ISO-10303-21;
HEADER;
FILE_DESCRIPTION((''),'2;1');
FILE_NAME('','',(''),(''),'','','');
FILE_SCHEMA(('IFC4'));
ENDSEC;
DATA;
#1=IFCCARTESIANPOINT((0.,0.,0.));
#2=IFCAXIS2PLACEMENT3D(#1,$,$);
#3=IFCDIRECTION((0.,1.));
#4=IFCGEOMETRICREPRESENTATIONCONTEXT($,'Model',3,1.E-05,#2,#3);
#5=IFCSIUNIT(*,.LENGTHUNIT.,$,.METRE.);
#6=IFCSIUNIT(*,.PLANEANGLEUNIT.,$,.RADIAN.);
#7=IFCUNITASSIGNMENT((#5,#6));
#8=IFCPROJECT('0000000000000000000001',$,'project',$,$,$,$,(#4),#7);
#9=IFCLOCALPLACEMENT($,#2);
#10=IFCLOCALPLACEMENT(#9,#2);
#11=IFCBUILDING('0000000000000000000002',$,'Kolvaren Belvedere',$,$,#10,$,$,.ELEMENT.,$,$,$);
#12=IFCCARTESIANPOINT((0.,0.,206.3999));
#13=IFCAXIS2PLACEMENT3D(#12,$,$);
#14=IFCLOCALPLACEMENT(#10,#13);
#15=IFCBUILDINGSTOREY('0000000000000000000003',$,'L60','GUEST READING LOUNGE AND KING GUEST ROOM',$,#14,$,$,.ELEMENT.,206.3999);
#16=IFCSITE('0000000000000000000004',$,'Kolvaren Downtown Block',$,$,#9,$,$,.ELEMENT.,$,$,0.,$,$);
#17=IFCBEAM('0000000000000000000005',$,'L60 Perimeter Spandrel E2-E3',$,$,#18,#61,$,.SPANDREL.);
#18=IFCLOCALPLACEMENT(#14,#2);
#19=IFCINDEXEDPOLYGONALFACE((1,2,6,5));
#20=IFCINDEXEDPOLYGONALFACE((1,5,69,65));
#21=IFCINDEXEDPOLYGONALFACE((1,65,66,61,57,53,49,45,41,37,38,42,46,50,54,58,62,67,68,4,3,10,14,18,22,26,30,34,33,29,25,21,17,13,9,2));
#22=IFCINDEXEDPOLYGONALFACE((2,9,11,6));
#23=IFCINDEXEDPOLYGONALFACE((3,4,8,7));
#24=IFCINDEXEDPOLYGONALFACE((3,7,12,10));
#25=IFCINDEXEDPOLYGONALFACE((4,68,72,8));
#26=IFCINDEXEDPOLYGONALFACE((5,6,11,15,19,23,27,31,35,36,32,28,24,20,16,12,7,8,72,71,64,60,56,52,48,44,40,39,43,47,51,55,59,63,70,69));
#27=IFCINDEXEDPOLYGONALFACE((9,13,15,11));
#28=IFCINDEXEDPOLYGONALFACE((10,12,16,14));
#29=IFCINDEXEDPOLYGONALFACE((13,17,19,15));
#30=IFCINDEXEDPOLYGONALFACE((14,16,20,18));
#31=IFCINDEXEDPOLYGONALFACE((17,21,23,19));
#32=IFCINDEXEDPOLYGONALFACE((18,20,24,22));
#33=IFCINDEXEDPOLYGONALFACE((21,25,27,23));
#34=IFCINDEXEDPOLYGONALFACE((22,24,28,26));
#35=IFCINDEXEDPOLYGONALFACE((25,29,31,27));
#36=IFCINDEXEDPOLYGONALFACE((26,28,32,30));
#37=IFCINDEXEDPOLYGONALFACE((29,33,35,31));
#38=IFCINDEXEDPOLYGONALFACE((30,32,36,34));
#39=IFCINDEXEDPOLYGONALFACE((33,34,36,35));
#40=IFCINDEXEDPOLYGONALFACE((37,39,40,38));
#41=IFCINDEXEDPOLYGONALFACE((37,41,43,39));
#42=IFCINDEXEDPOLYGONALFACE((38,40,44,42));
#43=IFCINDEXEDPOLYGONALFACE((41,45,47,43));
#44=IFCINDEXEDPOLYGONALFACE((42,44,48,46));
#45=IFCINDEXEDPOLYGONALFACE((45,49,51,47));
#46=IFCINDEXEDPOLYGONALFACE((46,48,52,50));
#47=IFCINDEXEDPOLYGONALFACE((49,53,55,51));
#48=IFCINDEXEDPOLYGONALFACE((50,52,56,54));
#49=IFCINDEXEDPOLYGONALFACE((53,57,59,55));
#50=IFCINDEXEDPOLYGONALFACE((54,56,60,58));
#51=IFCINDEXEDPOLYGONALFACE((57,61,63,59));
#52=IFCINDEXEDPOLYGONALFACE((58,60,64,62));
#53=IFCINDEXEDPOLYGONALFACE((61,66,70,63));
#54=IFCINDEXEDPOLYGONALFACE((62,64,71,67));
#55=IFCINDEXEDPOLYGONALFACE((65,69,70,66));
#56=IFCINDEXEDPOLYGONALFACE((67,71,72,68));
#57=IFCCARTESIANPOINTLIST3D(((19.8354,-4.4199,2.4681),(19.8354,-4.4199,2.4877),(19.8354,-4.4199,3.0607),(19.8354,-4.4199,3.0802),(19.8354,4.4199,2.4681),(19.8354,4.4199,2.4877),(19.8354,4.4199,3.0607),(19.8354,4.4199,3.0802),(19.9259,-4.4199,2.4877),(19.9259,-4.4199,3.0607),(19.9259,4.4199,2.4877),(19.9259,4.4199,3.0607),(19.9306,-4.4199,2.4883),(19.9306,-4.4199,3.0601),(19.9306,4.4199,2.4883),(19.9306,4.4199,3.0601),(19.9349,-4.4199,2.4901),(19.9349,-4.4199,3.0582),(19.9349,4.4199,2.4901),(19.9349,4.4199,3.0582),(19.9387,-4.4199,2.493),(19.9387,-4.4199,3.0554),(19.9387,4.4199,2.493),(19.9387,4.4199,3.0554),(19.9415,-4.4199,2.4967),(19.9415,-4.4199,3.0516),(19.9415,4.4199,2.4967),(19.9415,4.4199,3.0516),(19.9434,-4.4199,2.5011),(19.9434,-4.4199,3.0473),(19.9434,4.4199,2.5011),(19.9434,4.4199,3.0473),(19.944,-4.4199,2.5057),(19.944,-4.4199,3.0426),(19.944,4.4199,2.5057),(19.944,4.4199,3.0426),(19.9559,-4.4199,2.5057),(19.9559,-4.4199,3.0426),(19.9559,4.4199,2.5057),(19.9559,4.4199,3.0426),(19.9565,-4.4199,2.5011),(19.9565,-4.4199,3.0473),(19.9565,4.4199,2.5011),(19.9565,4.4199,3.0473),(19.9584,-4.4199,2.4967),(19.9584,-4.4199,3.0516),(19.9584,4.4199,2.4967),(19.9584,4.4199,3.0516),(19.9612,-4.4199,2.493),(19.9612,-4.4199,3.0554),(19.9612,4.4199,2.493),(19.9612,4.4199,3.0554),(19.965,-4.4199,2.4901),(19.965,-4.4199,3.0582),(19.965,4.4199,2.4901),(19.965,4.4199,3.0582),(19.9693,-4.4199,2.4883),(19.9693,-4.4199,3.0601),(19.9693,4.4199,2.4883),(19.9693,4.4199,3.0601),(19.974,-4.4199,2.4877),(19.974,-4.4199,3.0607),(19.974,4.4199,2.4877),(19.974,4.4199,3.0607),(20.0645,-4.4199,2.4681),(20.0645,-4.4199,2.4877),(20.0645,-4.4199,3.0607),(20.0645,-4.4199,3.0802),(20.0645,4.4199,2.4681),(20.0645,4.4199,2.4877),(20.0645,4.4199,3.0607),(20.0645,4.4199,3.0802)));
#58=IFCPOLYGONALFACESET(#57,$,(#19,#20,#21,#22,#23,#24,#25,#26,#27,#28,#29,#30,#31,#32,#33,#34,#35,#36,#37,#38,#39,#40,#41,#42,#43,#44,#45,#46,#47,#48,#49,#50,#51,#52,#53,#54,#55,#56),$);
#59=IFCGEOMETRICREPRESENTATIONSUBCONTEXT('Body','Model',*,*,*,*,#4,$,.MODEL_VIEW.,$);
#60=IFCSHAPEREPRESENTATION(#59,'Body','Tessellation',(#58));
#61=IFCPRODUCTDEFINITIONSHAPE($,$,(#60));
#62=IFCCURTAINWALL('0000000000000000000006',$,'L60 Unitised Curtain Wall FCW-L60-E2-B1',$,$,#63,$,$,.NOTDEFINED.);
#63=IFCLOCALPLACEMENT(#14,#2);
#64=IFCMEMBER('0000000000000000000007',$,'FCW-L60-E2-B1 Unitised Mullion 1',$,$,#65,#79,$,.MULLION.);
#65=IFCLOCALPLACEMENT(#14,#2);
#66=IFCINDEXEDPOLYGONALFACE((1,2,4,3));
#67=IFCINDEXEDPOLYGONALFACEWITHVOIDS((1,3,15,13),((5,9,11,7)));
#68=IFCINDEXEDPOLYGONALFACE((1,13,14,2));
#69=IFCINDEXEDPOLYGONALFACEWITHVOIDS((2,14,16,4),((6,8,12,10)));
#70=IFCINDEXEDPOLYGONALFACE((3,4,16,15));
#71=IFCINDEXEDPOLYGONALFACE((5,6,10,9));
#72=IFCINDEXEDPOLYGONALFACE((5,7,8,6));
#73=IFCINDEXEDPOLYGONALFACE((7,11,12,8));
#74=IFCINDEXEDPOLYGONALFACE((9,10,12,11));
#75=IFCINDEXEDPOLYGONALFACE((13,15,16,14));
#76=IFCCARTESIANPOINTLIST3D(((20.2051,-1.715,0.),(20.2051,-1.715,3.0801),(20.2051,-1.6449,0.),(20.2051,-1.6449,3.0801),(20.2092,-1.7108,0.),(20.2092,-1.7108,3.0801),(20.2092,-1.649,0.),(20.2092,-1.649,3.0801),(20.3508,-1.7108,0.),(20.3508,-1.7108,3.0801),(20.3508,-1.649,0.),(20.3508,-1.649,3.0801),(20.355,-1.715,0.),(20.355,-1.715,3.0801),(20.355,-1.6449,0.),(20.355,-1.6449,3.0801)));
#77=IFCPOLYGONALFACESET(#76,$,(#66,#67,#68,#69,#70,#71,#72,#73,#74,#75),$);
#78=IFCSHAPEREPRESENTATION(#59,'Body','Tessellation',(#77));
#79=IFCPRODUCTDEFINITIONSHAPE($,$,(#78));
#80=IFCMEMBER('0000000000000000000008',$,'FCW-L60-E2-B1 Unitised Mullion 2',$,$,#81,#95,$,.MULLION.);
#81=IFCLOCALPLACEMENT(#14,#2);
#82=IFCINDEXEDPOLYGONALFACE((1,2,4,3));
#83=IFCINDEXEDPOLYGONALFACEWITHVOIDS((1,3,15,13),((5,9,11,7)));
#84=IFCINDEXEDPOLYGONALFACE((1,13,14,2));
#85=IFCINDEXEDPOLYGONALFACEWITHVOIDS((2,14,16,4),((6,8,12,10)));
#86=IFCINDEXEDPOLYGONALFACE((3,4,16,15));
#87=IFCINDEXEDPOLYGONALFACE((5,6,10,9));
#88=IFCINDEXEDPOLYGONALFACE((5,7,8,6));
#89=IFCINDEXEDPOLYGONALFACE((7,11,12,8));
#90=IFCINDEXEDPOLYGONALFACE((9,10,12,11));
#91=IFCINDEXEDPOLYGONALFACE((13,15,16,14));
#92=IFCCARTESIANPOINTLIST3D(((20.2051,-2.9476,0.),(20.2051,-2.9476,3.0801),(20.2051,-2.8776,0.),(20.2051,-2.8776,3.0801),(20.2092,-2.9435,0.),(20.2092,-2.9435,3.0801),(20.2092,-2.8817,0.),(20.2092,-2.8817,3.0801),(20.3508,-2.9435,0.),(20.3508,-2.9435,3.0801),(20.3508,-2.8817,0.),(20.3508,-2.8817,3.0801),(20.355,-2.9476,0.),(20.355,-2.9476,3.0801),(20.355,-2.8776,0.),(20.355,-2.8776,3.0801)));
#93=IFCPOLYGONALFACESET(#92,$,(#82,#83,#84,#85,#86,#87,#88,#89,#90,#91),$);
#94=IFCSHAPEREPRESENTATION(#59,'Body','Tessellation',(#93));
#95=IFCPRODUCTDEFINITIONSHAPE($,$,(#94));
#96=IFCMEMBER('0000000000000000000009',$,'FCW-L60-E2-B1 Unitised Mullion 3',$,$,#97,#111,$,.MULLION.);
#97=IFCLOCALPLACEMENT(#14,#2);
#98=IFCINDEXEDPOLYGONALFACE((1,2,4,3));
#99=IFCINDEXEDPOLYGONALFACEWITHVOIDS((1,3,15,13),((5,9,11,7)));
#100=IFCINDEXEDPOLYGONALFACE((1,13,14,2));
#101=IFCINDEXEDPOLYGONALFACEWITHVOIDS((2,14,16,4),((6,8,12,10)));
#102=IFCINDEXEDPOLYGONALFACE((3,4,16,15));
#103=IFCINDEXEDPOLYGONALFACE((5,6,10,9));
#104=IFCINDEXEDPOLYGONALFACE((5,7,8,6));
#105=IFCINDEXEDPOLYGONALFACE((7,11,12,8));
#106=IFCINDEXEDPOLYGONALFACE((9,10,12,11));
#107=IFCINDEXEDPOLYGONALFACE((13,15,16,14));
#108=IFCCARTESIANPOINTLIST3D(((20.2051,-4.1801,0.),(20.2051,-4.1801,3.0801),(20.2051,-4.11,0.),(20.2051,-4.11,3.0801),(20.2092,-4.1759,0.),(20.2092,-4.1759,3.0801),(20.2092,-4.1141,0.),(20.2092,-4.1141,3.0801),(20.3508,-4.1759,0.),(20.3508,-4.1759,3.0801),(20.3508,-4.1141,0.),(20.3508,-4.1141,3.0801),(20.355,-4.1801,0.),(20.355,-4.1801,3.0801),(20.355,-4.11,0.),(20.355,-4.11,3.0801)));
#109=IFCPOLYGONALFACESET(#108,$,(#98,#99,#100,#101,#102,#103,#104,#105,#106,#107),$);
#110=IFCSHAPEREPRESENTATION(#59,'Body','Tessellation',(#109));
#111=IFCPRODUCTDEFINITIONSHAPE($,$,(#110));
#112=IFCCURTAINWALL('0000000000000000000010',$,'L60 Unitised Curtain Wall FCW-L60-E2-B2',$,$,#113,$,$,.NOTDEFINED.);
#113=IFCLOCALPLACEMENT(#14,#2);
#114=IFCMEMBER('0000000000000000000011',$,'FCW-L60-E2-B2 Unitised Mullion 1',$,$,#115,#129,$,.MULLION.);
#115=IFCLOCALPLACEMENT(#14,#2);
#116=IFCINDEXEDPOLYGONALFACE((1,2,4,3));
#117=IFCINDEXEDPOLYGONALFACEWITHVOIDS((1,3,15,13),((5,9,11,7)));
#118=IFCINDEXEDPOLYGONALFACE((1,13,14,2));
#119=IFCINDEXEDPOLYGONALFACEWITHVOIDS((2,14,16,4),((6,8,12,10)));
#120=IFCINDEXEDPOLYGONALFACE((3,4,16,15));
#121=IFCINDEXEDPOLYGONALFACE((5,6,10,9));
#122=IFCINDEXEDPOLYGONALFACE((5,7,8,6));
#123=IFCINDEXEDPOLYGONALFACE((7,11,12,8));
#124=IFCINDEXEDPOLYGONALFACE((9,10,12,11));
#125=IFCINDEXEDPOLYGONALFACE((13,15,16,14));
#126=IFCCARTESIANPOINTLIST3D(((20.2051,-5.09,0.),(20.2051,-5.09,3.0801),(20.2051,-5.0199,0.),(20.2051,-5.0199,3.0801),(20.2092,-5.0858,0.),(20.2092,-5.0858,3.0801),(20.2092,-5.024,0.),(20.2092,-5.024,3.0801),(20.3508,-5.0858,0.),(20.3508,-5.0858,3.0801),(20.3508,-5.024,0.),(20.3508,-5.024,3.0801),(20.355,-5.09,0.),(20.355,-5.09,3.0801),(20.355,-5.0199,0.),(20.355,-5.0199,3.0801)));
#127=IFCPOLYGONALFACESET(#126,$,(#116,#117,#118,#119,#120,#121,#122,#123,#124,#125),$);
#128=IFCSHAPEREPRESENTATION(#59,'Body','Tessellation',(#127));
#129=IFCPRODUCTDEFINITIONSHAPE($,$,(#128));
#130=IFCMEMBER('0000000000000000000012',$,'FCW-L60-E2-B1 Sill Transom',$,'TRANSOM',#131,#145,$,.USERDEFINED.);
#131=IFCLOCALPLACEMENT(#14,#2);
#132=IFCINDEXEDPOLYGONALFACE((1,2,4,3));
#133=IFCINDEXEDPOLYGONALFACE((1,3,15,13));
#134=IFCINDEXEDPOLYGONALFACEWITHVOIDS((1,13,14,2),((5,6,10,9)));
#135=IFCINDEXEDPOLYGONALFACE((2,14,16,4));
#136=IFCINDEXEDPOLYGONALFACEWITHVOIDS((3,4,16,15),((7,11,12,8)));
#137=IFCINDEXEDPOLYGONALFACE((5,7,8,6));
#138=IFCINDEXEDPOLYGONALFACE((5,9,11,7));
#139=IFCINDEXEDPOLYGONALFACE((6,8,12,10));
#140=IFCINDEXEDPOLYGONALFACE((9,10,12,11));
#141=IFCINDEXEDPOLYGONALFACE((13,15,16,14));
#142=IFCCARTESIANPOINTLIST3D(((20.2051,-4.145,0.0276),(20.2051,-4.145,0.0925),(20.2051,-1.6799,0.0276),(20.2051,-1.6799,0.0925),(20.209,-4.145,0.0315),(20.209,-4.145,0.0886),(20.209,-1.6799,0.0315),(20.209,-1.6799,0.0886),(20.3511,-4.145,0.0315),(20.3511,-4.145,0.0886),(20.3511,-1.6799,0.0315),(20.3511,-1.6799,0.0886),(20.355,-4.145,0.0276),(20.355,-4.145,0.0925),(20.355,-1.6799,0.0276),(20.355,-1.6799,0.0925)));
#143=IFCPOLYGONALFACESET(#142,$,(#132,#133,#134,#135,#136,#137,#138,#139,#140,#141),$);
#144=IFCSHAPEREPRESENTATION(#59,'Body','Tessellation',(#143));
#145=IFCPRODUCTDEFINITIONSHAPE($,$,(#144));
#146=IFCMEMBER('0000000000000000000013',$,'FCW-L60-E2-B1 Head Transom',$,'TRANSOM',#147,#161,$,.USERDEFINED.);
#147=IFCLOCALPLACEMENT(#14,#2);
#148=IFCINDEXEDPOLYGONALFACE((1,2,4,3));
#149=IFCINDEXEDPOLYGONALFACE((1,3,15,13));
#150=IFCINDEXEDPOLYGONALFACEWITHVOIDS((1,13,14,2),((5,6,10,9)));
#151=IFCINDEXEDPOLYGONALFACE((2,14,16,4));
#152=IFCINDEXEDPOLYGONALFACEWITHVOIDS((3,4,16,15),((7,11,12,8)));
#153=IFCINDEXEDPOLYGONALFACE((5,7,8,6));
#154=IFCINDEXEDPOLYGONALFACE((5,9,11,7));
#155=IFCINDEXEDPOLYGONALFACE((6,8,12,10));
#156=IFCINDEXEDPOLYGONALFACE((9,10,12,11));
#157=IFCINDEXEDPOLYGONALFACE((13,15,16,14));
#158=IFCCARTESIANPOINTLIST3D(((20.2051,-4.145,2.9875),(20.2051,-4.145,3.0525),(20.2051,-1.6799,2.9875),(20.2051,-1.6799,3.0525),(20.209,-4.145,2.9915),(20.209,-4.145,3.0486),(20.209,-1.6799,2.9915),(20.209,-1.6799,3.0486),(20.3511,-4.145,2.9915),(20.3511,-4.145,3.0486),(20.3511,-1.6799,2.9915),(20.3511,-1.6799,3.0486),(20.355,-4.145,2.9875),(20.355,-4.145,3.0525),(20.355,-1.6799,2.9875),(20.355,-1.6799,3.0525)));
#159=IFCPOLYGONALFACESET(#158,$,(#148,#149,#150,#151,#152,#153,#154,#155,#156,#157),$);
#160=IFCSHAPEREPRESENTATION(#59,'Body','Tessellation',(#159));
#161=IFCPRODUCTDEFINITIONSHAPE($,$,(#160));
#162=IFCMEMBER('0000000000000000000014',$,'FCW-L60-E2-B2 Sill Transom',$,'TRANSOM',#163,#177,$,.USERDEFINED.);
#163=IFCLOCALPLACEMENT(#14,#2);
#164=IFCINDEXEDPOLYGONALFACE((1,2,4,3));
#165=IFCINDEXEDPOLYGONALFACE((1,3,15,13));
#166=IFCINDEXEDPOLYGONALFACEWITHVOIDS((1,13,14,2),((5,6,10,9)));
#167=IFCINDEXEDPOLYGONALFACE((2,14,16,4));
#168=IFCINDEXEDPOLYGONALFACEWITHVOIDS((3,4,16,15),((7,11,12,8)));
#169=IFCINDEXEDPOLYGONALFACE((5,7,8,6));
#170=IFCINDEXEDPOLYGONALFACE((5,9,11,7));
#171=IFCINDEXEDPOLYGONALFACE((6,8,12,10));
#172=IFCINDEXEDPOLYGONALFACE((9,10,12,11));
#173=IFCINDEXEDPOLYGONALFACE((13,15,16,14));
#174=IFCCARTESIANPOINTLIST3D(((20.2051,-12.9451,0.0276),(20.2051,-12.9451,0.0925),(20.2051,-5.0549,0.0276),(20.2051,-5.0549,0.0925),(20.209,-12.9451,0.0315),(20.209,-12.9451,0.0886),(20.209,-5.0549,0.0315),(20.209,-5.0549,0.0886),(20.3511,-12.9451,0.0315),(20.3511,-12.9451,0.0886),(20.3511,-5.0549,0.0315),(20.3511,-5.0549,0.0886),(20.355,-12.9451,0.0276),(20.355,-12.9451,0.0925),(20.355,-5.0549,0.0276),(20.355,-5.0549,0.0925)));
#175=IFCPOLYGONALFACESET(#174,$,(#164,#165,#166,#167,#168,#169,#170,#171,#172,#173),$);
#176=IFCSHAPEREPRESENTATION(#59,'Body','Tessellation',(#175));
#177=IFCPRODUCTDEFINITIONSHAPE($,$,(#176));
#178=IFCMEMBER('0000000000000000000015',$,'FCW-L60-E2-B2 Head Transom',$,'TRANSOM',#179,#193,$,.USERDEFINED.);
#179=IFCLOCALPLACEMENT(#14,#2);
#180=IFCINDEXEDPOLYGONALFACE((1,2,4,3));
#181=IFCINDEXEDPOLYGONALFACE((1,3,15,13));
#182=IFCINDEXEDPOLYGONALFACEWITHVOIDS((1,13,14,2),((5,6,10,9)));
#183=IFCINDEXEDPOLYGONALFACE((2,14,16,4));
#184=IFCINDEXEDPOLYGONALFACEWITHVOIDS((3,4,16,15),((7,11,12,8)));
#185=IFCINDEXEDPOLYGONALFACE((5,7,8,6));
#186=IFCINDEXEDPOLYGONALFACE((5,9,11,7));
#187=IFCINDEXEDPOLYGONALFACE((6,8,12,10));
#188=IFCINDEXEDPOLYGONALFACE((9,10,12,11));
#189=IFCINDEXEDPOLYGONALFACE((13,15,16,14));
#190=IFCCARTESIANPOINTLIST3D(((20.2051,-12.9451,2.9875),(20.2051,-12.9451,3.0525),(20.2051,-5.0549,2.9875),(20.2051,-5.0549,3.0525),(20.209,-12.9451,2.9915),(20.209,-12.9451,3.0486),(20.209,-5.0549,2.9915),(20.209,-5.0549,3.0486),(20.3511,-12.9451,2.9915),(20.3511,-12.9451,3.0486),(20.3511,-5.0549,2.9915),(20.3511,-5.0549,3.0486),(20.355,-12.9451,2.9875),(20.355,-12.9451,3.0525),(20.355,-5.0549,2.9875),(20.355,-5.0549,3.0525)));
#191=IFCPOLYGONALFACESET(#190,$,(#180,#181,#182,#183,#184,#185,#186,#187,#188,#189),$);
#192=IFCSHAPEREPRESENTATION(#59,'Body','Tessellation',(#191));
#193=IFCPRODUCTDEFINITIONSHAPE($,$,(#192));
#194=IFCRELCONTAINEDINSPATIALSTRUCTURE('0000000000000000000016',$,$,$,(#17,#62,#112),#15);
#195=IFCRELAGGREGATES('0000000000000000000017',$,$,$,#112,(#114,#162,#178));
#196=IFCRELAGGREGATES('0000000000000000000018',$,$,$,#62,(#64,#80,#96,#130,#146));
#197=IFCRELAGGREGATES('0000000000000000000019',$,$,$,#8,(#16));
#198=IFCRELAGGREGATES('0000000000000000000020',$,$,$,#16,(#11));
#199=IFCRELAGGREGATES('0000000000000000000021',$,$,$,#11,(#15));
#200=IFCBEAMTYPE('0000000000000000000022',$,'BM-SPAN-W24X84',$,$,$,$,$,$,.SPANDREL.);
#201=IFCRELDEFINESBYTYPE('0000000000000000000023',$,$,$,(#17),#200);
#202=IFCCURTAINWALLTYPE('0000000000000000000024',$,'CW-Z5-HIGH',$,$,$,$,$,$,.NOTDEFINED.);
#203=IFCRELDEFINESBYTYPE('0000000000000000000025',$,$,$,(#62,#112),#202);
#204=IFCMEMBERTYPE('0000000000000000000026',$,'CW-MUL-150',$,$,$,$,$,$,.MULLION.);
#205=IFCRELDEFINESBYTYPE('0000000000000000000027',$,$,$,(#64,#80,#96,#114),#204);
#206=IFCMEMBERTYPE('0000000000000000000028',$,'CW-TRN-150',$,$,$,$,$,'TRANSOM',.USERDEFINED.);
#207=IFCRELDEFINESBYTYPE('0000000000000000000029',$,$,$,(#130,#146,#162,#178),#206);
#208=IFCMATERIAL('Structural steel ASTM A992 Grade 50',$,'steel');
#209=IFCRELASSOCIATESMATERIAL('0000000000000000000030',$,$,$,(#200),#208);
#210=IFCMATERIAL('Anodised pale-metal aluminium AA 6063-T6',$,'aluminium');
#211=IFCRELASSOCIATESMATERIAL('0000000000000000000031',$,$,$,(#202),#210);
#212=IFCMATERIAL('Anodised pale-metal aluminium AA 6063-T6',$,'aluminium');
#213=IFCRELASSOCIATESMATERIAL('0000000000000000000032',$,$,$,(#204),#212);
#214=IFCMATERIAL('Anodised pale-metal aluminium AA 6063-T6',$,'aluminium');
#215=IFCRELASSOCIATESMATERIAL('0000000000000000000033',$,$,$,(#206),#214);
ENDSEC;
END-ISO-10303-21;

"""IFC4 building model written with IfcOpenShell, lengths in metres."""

from ifc_helpers import new_model, si_unit, direction, frame, origin, origin_2d, place, context, subcontext, project, spatial, hollow_rectangle, i_section, extrude, material, material_profile, profile_set, type_object, element, aggregate, save


model = new_model("IFC4")

# Units and contexts
model_context = context("Model", 3, precision=1e-05, world=origin(), true_north=direction((0.0, 1.0)))
body_context = subcontext(model_context, "Body", "Model", "MODEL_VIEW")
ifc_project = project(units=[si_unit("LENGTHUNIT", "METRE"), si_unit("PLANEANGLEUNIT", "RADIAN")], contexts=[model_context])

# Site, building, storey
site_placement = place(None, origin())
site = spatial("IfcSite", under=ifc_project, at=site_placement, Name="Kolvaren Downtown Block", CompositionType="ELEMENT", RefElevation=0.0)
building_placement = place(site_placement, origin())
building = spatial("IfcBuilding", under=site, at=building_placement, Name="Kolvaren Belvedere", CompositionType="ELEMENT")
storey_placement = place(building_placement, frame((0.0, 0.0, 206.3999)))
storey = spatial("IfcBuildingStorey", under=building, at=storey_placement, Name="L60", Description="GUEST READING LOUNGE AND KING GUEST ROOM", CompositionType="ELEMENT", Elevation=206.3999)

# Beam
ifc_material_1 = material(Name="Structural steel ASTM A992 Grade 50", Category="steel")
ifc_material_profile_1 = material_profile(ifc_material_1, i_section(OverallWidth=0.229, OverallDepth=0.6121, WebThickness=0.012, FlangeThickness=0.0195, FilletRadius=0.0181, at=origin_2d()), Name="W24X84")
ifc_profile_set_1 = profile_set([ifc_material_profile_1], Name="Structural steel ASTM A992 Grade 50")
beam_type_1 = type_object("IfcBeamType", Name="BM-SPAN-W24X84", PredefinedType="SPANDREL", material=ifc_profile_set_1)
beam_1_placement = place(storey_placement, frame((19.95, -4.4199, 2.7742), z_axis=(0.0, 1.0, 0.0), x_axis=(-1.0, 0.0, 0.0)))
element("IfcBeam", 1, at=beam_1_placement, inside=storey, type_object=beam_type_1, Name="L60 Perimeter Spandrel E2-E3", PredefinedType="SPANDREL", context=body_context, shape_type="SweptSolid", body=[
    extrude(i_section(OverallWidth=0.229, OverallDepth=0.6121, WebThickness=0.012, FlangeThickness=0.0195, FilletRadius=0.0181, at=origin_2d()), origin(), (0.0, 0.0, 1.0), 8.8398),
])

# Curtain wall, members
ifc_material_2 = material(Name="Anodised pale-metal aluminium AA 6063-T6", Category="aluminium")
curtain_wall_type = type_object("IfcCurtainWallType", Name="CW-Z5-HIGH", PredefinedType="NOTDEFINED", material=ifc_material_2)
curtain_wall_1_placement = place(storey_placement, origin())
curtain_wall_1 = element("IfcCurtainWall", 2, at=curtain_wall_1_placement, inside=storey, type_object=curtain_wall_type, Name="L60 Unitised Curtain Wall FCW-L60-E2-B1", PredefinedType="NOTDEFINED")
ifc_material_3 = material(Name="Anodised pale-metal aluminium AA 6063-T6", Category="aluminium")
ifc_material_profile_2 = material_profile(ifc_material_3, hollow_rectangle(XDim=0.0701, YDim=0.1499, WallThickness=0.0042, at=origin_2d()), Name="ALU-MUL-150X70")
ifc_profile_set_2 = profile_set([ifc_material_profile_2], Name="Anodised pale-metal aluminium AA 6063-T6")
member_type_1 = type_object("IfcMemberType", Name="CW-MUL-150", PredefinedType="MULLION", material=ifc_profile_set_2)
member_1_placement = place(storey_placement, frame((20.28, -1.6799, 0.0), z_axis=(0.0, 0.0, 1.0), x_axis=(0.0, 1.0, 0.0)))
member_1 = element("IfcMember", 3, at=member_1_placement, type_object=member_type_1, Name="FCW-L60-E2-B1 Unitised Mullion 1", PredefinedType="MULLION", context=body_context, shape_type="SweptSolid", body=[
    extrude(hollow_rectangle(XDim=0.0701, YDim=0.1499, WallThickness=0.0042, at=origin_2d()), origin(), (0.0, 0.0, 1.0), 3.0801),
])
member_2_placement = place(storey_placement, frame((20.28, -2.9126, 0.0), z_axis=(0.0, 0.0, 1.0), x_axis=(0.0, 1.0, 0.0)))
member_2 = element("IfcMember", 4, at=member_2_placement, type_object=member_type_1, Name="FCW-L60-E2-B1 Unitised Mullion 2", PredefinedType="MULLION", context=body_context, shape_type="SweptSolid", body=[
    extrude(hollow_rectangle(XDim=0.0701, YDim=0.1499, WallThickness=0.0042, at=origin_2d()), origin(), (0.0, 0.0, 1.0), 3.0801),
])
member_3_placement = place(storey_placement, frame((20.28, -4.145, 0.0), z_axis=(0.0, 0.0, 1.0), x_axis=(0.0, 1.0, 0.0)))
member_3 = element("IfcMember", 5, at=member_3_placement, type_object=member_type_1, Name="FCW-L60-E2-B1 Unitised Mullion 3", PredefinedType="MULLION", context=body_context, shape_type="SweptSolid", body=[
    extrude(hollow_rectangle(XDim=0.0701, YDim=0.1499, WallThickness=0.0042, at=origin_2d()), origin(), (0.0, 0.0, 1.0), 3.0801),
])

# Curtain wall, member
curtain_wall_2_placement = place(storey_placement, origin())
curtain_wall_2 = element("IfcCurtainWall", 6, at=curtain_wall_2_placement, inside=storey, type_object=curtain_wall_type, Name="L60 Unitised Curtain Wall FCW-L60-E2-B2", PredefinedType="NOTDEFINED")
member_4_placement = place(storey_placement, frame((20.28, -5.0549, 0.0), z_axis=(0.0, 0.0, 1.0), x_axis=(0.0, 1.0, 0.0)))
member_4 = element("IfcMember", 7, at=member_4_placement, type_object=member_type_1, Name="FCW-L60-E2-B2 Unitised Mullion 1", PredefinedType="MULLION", context=body_context, shape_type="SweptSolid", body=[
    extrude(hollow_rectangle(XDim=0.0701, YDim=0.1499, WallThickness=0.0042, at=origin_2d()), origin(), (0.0, 0.0, 1.0), 3.0801),
])

# Members
ifc_material_4 = material(Name="Anodised pale-metal aluminium AA 6063-T6", Category="aluminium")
ifc_material_profile_3 = material_profile(ifc_material_4, hollow_rectangle(XDim=0.0649, YDim=0.1499, WallThickness=0.0039, at=origin_2d()), Name="ALU-TRN-150X65")
ifc_profile_set_3 = profile_set([ifc_material_profile_3], Name="Anodised pale-metal aluminium AA 6063-T6")
member_type_2 = type_object("IfcMemberType", Name="CW-TRN-150", ElementType="TRANSOM", PredefinedType="USERDEFINED", material=ifc_profile_set_3)
member_5_placement = place(storey_placement, frame((20.28, -1.6799, 0.0601), z_axis=(0.0, -1.0, 0.0), x_axis=(0.0, 0.0, 1.0)))
member_5 = element("IfcMember", 8, at=member_5_placement, type_object=member_type_2, Name="FCW-L60-E2-B1 Sill Transom", ObjectType="TRANSOM", PredefinedType="USERDEFINED", context=body_context, shape_type="SweptSolid", body=[
    extrude(hollow_rectangle(XDim=0.0649, YDim=0.1499, WallThickness=0.0039, at=origin_2d()), origin(), (0.0, 0.0, 1.0), 2.4651),
])
member_6_placement = place(storey_placement, frame((20.28, -1.6799, 3.02), z_axis=(0.0, -1.0, 0.0), x_axis=(0.0, 0.0, 1.0)))
member_6 = element("IfcMember", 9, at=member_6_placement, type_object=member_type_2, Name="FCW-L60-E2-B1 Head Transom", ObjectType="TRANSOM", PredefinedType="USERDEFINED", context=body_context, shape_type="SweptSolid", body=[
    extrude(hollow_rectangle(XDim=0.0649, YDim=0.1499, WallThickness=0.0039, at=origin_2d()), origin(), (0.0, 0.0, 1.0), 2.4651),
])
member_7_placement = place(storey_placement, frame((20.28, -5.0549, 0.0601), z_axis=(0.0, -1.0, 0.0), x_axis=(0.0, 0.0, 1.0)))
member_7 = element("IfcMember", 10, at=member_7_placement, type_object=member_type_2, Name="FCW-L60-E2-B2 Sill Transom", ObjectType="TRANSOM", PredefinedType="USERDEFINED", context=body_context, shape_type="SweptSolid", body=[
    extrude(hollow_rectangle(XDim=0.0649, YDim=0.1499, WallThickness=0.0039, at=origin_2d()), origin(), (0.0, 0.0, 1.0), 7.8901),
])
member_8_placement = place(storey_placement, frame((20.28, -5.0549, 3.02), z_axis=(0.0, -1.0, 0.0), x_axis=(0.0, 0.0, 1.0)))
member_8 = element("IfcMember", 11, at=member_8_placement, type_object=member_type_2, Name="FCW-L60-E2-B2 Head Transom", ObjectType="TRANSOM", PredefinedType="USERDEFINED", context=body_context, shape_type="SweptSolid", body=[
    extrude(hollow_rectangle(XDim=0.0649, YDim=0.1499, WallThickness=0.0039, at=origin_2d()), origin(), (0.0, 0.0, 1.0), 7.8901),
])
aggregate(curtain_wall_2, [member_4, member_7, member_8])

aggregate(curtain_wall_1, [member_1, member_2, member_3, member_5, member_6])

save(model, "model.ifc")
